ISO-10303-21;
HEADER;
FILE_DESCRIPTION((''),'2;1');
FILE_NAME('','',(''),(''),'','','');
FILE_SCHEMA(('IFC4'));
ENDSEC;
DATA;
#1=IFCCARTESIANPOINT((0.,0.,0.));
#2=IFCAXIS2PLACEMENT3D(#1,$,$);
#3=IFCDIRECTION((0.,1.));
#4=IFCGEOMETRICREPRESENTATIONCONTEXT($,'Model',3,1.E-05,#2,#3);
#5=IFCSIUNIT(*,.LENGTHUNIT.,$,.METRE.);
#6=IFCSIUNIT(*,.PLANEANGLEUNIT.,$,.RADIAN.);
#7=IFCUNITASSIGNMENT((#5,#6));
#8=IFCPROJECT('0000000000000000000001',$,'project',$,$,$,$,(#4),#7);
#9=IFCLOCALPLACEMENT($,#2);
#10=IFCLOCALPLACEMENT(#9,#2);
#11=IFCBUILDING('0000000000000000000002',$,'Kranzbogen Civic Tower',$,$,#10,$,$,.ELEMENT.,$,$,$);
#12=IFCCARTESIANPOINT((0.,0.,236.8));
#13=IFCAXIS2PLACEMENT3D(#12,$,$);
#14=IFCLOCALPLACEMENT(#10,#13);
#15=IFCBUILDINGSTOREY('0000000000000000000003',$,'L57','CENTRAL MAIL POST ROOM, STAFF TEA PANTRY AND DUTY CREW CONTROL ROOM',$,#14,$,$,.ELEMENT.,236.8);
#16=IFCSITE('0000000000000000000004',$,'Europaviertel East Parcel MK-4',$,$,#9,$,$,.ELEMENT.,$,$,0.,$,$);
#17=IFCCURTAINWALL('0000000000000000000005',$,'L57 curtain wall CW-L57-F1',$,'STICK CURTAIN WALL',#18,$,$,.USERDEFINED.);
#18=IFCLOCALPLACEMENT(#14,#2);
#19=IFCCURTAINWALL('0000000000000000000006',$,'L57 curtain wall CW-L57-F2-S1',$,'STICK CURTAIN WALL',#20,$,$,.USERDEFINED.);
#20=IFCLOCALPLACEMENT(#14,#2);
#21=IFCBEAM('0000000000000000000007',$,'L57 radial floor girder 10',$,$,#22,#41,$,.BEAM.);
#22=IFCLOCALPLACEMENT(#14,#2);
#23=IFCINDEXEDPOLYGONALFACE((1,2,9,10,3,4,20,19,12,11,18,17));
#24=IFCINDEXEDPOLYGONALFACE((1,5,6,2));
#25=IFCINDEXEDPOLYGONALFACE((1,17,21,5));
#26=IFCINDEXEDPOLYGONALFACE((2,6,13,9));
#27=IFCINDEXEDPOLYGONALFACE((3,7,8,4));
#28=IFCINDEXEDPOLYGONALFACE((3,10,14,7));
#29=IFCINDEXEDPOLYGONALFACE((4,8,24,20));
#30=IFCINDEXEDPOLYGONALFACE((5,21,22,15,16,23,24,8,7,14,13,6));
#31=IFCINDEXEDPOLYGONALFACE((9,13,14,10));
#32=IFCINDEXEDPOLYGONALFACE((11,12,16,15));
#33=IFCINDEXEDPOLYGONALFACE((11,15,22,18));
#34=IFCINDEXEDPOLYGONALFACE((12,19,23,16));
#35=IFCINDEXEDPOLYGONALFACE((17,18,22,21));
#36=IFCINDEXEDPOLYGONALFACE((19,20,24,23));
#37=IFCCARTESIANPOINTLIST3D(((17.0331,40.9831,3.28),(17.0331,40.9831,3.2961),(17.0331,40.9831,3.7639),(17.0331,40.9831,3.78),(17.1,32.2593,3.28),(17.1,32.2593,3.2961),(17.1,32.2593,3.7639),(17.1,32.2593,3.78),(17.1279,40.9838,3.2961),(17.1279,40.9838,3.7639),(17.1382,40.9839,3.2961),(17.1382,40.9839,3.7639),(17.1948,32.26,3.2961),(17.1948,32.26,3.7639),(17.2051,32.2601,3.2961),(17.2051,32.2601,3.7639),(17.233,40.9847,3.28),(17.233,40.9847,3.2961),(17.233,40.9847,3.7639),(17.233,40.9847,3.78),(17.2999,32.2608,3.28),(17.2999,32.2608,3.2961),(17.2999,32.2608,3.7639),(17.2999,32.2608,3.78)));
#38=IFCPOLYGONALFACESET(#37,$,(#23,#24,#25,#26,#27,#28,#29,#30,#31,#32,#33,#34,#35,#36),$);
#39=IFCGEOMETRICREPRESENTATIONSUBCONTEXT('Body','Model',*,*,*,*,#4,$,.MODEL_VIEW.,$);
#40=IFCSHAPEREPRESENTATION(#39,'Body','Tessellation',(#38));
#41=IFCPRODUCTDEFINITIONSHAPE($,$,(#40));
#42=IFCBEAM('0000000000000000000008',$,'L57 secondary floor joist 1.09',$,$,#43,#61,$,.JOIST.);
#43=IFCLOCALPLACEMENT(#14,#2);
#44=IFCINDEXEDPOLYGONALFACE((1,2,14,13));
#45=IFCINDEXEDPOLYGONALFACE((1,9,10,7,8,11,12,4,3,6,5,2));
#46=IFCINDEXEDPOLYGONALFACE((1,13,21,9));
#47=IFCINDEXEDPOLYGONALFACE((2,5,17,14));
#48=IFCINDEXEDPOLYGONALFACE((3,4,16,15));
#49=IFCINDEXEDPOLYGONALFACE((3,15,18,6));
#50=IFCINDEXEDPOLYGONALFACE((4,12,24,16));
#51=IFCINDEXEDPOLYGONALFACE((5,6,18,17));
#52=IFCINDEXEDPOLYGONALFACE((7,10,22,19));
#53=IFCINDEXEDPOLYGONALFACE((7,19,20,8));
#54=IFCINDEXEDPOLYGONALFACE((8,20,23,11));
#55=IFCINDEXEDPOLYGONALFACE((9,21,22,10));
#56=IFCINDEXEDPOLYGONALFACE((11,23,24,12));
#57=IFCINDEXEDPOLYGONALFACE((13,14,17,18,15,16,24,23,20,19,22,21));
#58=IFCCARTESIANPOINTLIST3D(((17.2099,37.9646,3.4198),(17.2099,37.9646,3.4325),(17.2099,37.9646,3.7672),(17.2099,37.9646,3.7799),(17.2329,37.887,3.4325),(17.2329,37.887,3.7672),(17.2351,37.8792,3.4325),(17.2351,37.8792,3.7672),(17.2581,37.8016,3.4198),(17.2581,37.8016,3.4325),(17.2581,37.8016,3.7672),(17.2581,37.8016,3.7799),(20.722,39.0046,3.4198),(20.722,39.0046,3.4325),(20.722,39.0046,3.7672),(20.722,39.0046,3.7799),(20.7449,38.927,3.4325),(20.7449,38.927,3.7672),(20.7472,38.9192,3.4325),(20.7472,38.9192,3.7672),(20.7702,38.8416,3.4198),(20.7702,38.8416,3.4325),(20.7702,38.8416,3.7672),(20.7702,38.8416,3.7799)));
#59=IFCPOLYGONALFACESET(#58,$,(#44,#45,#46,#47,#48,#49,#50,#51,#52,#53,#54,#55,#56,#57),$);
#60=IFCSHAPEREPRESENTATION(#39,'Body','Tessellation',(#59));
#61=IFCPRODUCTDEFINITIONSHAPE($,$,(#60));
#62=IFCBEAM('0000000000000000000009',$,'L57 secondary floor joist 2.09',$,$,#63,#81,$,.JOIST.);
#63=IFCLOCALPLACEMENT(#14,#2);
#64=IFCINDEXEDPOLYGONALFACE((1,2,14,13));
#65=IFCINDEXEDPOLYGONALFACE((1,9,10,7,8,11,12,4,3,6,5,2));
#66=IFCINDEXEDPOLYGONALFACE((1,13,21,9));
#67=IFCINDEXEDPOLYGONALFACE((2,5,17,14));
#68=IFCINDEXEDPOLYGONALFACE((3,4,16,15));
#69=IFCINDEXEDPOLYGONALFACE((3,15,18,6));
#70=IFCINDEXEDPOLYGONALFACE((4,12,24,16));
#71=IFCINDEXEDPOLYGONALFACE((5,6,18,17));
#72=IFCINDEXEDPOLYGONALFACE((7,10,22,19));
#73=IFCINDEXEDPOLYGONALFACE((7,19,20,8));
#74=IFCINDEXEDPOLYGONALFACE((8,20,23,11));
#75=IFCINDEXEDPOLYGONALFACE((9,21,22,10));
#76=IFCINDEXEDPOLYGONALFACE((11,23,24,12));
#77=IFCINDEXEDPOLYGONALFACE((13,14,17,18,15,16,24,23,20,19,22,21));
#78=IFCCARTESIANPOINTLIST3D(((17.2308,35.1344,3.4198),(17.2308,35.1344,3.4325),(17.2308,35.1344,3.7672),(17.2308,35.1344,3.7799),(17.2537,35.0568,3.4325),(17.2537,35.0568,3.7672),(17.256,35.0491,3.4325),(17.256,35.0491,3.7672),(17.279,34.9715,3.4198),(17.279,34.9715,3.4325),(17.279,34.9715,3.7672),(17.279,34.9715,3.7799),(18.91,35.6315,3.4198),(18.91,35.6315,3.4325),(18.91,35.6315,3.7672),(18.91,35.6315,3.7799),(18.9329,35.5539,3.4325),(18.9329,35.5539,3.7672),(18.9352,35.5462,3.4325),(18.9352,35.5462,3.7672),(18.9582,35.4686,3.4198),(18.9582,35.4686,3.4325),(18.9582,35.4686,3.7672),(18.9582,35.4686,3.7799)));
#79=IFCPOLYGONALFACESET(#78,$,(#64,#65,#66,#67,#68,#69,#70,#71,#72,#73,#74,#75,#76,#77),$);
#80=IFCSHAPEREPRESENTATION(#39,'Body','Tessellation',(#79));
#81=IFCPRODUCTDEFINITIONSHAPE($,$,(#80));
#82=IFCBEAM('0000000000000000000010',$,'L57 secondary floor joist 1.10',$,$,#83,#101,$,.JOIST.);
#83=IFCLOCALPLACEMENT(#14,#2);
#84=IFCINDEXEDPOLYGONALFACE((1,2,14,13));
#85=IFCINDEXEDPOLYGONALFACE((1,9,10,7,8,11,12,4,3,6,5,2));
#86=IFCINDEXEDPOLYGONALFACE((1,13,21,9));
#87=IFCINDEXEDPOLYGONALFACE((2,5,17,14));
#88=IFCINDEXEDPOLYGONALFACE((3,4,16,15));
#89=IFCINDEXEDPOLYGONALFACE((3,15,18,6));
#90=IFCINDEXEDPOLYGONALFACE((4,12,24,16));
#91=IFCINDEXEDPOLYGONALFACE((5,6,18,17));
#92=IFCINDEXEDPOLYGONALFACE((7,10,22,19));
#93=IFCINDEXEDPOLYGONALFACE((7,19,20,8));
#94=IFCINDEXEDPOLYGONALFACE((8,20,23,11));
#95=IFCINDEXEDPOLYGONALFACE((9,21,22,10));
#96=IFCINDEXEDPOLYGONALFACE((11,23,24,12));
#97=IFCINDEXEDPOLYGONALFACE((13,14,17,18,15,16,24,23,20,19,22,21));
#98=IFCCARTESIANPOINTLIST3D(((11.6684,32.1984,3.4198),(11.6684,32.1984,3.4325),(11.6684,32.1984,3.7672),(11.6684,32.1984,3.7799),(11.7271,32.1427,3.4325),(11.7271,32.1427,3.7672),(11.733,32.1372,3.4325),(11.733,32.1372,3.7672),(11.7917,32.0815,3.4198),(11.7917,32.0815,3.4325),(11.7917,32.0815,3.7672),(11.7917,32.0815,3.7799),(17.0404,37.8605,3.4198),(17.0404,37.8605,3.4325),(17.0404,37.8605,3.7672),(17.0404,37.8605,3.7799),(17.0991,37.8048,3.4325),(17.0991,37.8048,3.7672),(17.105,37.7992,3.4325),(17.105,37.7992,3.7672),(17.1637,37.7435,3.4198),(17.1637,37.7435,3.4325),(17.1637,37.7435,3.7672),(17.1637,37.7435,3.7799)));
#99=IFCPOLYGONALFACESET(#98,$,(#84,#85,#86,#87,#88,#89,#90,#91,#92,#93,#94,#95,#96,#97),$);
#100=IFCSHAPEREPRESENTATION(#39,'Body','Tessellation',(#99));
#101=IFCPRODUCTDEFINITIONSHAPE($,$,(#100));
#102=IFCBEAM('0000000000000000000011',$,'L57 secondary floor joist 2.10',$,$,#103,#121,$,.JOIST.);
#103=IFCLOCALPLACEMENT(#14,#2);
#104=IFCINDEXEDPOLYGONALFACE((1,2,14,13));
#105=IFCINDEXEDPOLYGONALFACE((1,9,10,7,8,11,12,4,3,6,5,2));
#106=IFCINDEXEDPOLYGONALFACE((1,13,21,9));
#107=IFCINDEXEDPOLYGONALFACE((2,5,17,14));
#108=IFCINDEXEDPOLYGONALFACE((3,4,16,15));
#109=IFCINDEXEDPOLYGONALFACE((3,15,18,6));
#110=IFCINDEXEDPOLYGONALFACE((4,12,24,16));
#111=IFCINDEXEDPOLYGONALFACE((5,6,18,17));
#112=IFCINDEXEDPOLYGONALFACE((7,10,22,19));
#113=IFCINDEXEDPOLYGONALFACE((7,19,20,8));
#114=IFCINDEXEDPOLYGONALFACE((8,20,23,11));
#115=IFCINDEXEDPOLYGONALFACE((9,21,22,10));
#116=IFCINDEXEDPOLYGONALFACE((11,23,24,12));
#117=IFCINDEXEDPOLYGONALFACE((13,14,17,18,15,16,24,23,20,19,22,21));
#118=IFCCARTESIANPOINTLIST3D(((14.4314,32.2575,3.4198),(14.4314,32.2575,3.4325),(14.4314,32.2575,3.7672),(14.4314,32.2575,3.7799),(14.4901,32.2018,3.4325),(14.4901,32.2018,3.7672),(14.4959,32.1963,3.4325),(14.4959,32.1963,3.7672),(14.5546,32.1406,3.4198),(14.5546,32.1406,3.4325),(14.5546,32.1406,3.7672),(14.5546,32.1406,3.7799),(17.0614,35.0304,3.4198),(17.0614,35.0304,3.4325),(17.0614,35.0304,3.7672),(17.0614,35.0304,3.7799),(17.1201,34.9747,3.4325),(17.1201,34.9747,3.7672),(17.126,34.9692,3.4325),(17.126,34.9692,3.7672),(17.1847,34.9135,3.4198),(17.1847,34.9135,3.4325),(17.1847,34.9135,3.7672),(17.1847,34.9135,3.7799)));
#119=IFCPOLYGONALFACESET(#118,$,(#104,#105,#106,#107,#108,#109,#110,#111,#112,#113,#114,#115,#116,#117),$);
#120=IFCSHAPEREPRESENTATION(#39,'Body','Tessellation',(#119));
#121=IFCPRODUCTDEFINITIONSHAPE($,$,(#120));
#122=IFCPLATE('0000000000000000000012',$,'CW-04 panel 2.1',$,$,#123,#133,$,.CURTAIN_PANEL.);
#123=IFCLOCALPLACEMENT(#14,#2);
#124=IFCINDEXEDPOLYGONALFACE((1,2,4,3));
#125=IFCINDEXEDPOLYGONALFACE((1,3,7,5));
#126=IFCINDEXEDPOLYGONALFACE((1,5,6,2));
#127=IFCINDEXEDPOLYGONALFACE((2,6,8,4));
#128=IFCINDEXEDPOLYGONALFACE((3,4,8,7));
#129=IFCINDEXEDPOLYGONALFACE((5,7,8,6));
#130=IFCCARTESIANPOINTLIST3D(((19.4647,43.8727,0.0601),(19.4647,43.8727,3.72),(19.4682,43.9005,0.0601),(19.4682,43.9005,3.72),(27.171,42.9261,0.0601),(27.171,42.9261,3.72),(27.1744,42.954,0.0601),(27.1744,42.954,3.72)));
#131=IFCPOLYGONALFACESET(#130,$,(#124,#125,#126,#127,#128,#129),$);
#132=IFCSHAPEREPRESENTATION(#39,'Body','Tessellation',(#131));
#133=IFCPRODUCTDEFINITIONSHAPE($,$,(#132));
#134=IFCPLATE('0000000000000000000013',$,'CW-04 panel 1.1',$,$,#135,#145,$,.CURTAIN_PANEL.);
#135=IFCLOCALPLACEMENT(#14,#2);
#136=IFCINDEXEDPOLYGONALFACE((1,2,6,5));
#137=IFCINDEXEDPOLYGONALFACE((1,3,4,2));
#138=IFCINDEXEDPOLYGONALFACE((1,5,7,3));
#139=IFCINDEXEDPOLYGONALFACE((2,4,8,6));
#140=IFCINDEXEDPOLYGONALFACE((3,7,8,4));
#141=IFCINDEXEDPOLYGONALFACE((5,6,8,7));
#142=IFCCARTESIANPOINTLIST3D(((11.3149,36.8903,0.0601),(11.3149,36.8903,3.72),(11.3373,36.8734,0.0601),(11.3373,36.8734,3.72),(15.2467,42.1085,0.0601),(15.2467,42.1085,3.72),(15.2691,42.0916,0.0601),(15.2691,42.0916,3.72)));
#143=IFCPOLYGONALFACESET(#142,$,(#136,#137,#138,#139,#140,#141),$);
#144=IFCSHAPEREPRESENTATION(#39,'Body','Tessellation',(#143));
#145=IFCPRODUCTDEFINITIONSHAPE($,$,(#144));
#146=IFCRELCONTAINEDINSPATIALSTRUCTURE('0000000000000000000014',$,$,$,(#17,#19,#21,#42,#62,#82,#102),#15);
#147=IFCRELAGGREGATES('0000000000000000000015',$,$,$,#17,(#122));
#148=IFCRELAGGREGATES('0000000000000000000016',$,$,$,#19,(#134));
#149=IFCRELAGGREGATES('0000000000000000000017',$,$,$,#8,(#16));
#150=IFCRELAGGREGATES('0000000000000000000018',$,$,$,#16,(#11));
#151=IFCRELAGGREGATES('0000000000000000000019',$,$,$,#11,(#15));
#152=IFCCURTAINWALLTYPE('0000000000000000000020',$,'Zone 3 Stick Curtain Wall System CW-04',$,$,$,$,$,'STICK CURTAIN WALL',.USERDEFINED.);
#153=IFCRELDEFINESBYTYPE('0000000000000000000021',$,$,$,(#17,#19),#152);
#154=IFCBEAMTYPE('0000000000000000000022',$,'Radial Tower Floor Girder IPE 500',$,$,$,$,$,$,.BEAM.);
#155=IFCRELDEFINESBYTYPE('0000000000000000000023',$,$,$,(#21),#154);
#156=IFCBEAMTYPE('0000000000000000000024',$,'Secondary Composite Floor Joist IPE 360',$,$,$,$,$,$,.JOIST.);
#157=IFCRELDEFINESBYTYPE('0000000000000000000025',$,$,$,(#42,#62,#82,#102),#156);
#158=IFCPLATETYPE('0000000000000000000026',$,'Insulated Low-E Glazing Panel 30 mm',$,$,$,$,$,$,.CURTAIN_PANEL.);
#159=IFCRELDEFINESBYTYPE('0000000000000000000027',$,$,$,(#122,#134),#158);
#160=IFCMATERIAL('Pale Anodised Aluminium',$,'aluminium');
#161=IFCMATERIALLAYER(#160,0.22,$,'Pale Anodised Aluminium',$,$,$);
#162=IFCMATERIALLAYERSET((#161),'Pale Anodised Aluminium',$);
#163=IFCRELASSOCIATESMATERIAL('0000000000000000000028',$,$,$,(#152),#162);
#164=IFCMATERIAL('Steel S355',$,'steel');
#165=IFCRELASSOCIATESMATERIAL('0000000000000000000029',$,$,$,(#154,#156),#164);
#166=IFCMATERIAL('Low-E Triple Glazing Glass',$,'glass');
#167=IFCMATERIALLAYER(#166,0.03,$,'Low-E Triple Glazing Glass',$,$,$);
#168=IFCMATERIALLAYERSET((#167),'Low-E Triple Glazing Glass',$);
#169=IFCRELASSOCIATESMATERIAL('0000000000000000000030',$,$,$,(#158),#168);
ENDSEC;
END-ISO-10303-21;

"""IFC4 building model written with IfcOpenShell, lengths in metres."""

from ifc_helpers import new_model, si_unit, direction, frame, origin, origin_2d, place, context, subcontext, project, spatial, rectangle, i_section, extrude, material, layer, layer_set, material_profile, profile_set, type_object, element, aggregate, save


model = new_model("IFC4")

# Units and contexts
model_context = context("Model", 3, precision=1e-05, world=origin(), true_north=direction((0.0, 1.0)))
body_context = subcontext(model_context, "Body", "Model", "MODEL_VIEW")
ifc_project = project(units=[si_unit("LENGTHUNIT", "METRE"), si_unit("PLANEANGLEUNIT", "RADIAN")], contexts=[model_context])

# Site, building, storey
site_placement = place(None, origin())
site = spatial("IfcSite", under=ifc_project, at=site_placement, Name="Europaviertel East Parcel MK-4", CompositionType="ELEMENT", RefElevation=0.0)
building_placement = place(site_placement, origin())
building = spatial("IfcBuilding", under=site, at=building_placement, Name="Kranzbogen Civic Tower", CompositionType="ELEMENT")
storey_placement = place(building_placement, frame((0.0, 0.0, 236.8)))
storey = spatial("IfcBuildingStorey", under=building, at=storey_placement, Name="L57", Description="CENTRAL MAIL POST ROOM, STAFF TEA PANTRY AND DUTY CREW CONTROL ROOM", CompositionType="ELEMENT", Elevation=236.8)

# Shared definitions
ifc_material_1 = material(Name="Steel S355", Category="steel")

# Curtain wall
ifc_material_2 = material(Name="Pale Anodised Aluminium", Category="aluminium")
ifc_layer_1 = layer(ifc_material_2, 0.22, Name="Pale Anodised Aluminium")
ifc_layer_set_1 = layer_set([ifc_layer_1], Name="Pale Anodised Aluminium")
curtain_wall_type = type_object("IfcCurtainWallType", Name="Zone 3 Stick Curtain Wall System CW-04", ElementType="STICK CURTAIN WALL", PredefinedType="USERDEFINED", material=ifc_layer_set_1)
curtain_wall_1_placement = place(storey_placement, origin())
curtain_wall_1 = element("IfcCurtainWall", 1, at=curtain_wall_1_placement, inside=storey, type_object=curtain_wall_type, Name="L57 curtain wall CW-L57-F1", ObjectType="STICK CURTAIN WALL", PredefinedType="USERDEFINED")

# Curtain wall
curtain_wall_2_placement = place(storey_placement, origin())
curtain_wall_2 = element("IfcCurtainWall", 2, at=curtain_wall_2_placement, inside=storey, type_object=curtain_wall_type, Name="L57 curtain wall CW-L57-F2-S1", ObjectType="STICK CURTAIN WALL", PredefinedType="USERDEFINED")

# Beams
ifc_material_profile_1 = material_profile(ifc_material_1, i_section(OverallWidth=0.2, OverallDepth=0.5, WebThickness=0.0103, FlangeThickness=0.0161, at=origin_2d()), Name="IPE 500")
ifc_profile_set_1 = profile_set([ifc_material_profile_1], Name="Steel S355")
beam_type_1 = type_object("IfcBeamType", Name="Radial Tower Floor Girder IPE 500", PredefinedType="BEAM", material=ifc_profile_set_1)
beam_1_placement = place(storey_placement, frame((17.1331, 40.9839, 3.53), z_axis=(0.007668, -0.999971, 0.0), x_axis=(0.999971, 0.007668, 0.0)))
element("IfcBeam", 3, at=beam_1_placement, inside=storey, type_object=beam_type_1, Name="L57 radial floor girder 10", PredefinedType="BEAM", context=body_context, shape_type="SweptSolid", body=[
    extrude(i_section(OverallWidth=0.2, OverallDepth=0.5, WebThickness=0.0103, FlangeThickness=0.0161, at=origin_2d()), origin(), (0.0, 0.0, 1.0), 8.7241),
])
ifc_material_profile_2 = material_profile(ifc_material_1, i_section(OverallWidth=0.1699, OverallDepth=0.3601, WebThickness=0.0081, FlangeThickness=0.0127, at=origin_2d()), Name="IPE 360")
ifc_profile_set_2 = profile_set([ifc_material_profile_2], Name="Steel S355")
beam_type_2 = type_object("IfcBeamType", Name="Secondary Composite Floor Joist IPE 360", PredefinedType="JOIST", material=ifc_profile_set_2)
beam_2_placement = place(storey_placement, frame((20.7461, 38.9231, 3.5999), z_axis=(-0.958844, -0.283934, 0.0), x_axis=(0.283934, -0.958844, 0.0)))
element("IfcBeam", 4, at=beam_2_placement, inside=storey, type_object=beam_type_2, Name="L57 secondary floor joist 1.09", PredefinedType="JOIST", context=body_context, shape_type="SweptSolid", body=[
    extrude(i_section(OverallWidth=0.1699, OverallDepth=0.3601, WebThickness=0.0081, FlangeThickness=0.0127, at=origin_2d()), origin(), (0.0, 0.0, 1.0), 3.6628),
])
beam_3_placement = place(storey_placement, frame((18.9341, 35.55, 3.5999), z_axis=(-0.958871, -0.283841, 0.0), x_axis=(0.283841, -0.958871, 0.0)))
element("IfcBeam", 5, at=beam_3_placement, inside=storey, type_object=beam_type_2, Name="L57 secondary floor joist 2.09", PredefinedType="JOIST", context=body_context, shape_type="SweptSolid", body=[
    extrude(i_section(OverallWidth=0.1699, OverallDepth=0.3601, WebThickness=0.0081, FlangeThickness=0.0127, at=origin_2d()), origin(), (0.0, 0.0, 1.0), 1.7512),
])
beam_4_placement = place(storey_placement, frame((17.1021, 37.802, 3.5999), z_axis=(-0.688282, -0.725443, 0.0), x_axis=(0.725443, -0.688282, 0.0)))
element("IfcBeam", 6, at=beam_4_placement, inside=storey, type_object=beam_type_2, Name="L57 secondary floor joist 1.10", PredefinedType="JOIST", context=body_context, shape_type="SweptSolid", body=[
    extrude(i_section(OverallWidth=0.1699, OverallDepth=0.3601, WebThickness=0.0081, FlangeThickness=0.0127, at=origin_2d()), origin(), (0.0, 0.0, 1.0), 7.8049),
])
beam_5_placement = place(storey_placement, frame((17.123, 34.9719, 3.5999), z_axis=(-0.688175, -0.725545, 0.0), x_axis=(0.725545, -0.688175, 0.0)))
element("IfcBeam", 7, at=beam_5_placement, inside=storey, type_object=beam_type_2, Name="L57 secondary floor joist 2.10", PredefinedType="JOIST", context=body_context, shape_type="SweptSolid", body=[
    extrude(i_section(OverallWidth=0.1699, OverallDepth=0.3601, WebThickness=0.0081, FlangeThickness=0.0127, at=origin_2d()), origin(), (0.0, 0.0, 1.0), 3.8218),
])

# Plates
ifc_material_3 = material(Name="Low-E Triple Glazing Glass", Category="glass")
ifc_layer_2 = layer(ifc_material_3, 0.03, Name="Low-E Triple Glazing Glass")
ifc_layer_set_2 = layer_set([ifc_layer_2], Name="Low-E Triple Glazing Glass")
plate_type = type_object("IfcPlateType", Name="Insulated Low-E Glazing Panel 30 mm", PredefinedType="CURTAIN_PANEL", material=ifc_layer_set_2)
plate_1_placement = place(storey_placement, frame((23.3196, 43.4133, 0.0601), z_axis=(0.0, 0.0, 1.0), x_axis=(-0.992541, 0.121911, 0.0)))
plate_1 = element("IfcPlate", 8, at=plate_1_placement, type_object=plate_type, Name="CW-04 panel 2.1", PredefinedType="CURTAIN_PANEL", context=body_context, shape_type="SweptSolid", body=[
    extrude(rectangle(XDim=7.7642, YDim=0.0281, at=origin_2d()), origin(), (0.0, 0.0, 1.0), 3.6599),
])
aggregate(curtain_wall_1, [plate_1])
plate_2_placement = place(storey_placement, frame((13.292, 39.491, 0.0601), z_axis=(0.0, 0.0, 1.0), x_axis=(-0.601778, -0.798663, 0.0)))
plate_2 = element("IfcPlate", 9, at=plate_2_placement, type_object=plate_type, Name="CW-04 panel 1.1", PredefinedType="CURTAIN_PANEL", context=body_context, shape_type="SweptSolid", body=[
    extrude(rectangle(XDim=6.5337, YDim=0.0281, at=origin_2d()), origin(), (0.0, 0.0, 1.0), 3.6599),
])
aggregate(curtain_wall_2, [plate_2])

save(model, "model.ifc")
